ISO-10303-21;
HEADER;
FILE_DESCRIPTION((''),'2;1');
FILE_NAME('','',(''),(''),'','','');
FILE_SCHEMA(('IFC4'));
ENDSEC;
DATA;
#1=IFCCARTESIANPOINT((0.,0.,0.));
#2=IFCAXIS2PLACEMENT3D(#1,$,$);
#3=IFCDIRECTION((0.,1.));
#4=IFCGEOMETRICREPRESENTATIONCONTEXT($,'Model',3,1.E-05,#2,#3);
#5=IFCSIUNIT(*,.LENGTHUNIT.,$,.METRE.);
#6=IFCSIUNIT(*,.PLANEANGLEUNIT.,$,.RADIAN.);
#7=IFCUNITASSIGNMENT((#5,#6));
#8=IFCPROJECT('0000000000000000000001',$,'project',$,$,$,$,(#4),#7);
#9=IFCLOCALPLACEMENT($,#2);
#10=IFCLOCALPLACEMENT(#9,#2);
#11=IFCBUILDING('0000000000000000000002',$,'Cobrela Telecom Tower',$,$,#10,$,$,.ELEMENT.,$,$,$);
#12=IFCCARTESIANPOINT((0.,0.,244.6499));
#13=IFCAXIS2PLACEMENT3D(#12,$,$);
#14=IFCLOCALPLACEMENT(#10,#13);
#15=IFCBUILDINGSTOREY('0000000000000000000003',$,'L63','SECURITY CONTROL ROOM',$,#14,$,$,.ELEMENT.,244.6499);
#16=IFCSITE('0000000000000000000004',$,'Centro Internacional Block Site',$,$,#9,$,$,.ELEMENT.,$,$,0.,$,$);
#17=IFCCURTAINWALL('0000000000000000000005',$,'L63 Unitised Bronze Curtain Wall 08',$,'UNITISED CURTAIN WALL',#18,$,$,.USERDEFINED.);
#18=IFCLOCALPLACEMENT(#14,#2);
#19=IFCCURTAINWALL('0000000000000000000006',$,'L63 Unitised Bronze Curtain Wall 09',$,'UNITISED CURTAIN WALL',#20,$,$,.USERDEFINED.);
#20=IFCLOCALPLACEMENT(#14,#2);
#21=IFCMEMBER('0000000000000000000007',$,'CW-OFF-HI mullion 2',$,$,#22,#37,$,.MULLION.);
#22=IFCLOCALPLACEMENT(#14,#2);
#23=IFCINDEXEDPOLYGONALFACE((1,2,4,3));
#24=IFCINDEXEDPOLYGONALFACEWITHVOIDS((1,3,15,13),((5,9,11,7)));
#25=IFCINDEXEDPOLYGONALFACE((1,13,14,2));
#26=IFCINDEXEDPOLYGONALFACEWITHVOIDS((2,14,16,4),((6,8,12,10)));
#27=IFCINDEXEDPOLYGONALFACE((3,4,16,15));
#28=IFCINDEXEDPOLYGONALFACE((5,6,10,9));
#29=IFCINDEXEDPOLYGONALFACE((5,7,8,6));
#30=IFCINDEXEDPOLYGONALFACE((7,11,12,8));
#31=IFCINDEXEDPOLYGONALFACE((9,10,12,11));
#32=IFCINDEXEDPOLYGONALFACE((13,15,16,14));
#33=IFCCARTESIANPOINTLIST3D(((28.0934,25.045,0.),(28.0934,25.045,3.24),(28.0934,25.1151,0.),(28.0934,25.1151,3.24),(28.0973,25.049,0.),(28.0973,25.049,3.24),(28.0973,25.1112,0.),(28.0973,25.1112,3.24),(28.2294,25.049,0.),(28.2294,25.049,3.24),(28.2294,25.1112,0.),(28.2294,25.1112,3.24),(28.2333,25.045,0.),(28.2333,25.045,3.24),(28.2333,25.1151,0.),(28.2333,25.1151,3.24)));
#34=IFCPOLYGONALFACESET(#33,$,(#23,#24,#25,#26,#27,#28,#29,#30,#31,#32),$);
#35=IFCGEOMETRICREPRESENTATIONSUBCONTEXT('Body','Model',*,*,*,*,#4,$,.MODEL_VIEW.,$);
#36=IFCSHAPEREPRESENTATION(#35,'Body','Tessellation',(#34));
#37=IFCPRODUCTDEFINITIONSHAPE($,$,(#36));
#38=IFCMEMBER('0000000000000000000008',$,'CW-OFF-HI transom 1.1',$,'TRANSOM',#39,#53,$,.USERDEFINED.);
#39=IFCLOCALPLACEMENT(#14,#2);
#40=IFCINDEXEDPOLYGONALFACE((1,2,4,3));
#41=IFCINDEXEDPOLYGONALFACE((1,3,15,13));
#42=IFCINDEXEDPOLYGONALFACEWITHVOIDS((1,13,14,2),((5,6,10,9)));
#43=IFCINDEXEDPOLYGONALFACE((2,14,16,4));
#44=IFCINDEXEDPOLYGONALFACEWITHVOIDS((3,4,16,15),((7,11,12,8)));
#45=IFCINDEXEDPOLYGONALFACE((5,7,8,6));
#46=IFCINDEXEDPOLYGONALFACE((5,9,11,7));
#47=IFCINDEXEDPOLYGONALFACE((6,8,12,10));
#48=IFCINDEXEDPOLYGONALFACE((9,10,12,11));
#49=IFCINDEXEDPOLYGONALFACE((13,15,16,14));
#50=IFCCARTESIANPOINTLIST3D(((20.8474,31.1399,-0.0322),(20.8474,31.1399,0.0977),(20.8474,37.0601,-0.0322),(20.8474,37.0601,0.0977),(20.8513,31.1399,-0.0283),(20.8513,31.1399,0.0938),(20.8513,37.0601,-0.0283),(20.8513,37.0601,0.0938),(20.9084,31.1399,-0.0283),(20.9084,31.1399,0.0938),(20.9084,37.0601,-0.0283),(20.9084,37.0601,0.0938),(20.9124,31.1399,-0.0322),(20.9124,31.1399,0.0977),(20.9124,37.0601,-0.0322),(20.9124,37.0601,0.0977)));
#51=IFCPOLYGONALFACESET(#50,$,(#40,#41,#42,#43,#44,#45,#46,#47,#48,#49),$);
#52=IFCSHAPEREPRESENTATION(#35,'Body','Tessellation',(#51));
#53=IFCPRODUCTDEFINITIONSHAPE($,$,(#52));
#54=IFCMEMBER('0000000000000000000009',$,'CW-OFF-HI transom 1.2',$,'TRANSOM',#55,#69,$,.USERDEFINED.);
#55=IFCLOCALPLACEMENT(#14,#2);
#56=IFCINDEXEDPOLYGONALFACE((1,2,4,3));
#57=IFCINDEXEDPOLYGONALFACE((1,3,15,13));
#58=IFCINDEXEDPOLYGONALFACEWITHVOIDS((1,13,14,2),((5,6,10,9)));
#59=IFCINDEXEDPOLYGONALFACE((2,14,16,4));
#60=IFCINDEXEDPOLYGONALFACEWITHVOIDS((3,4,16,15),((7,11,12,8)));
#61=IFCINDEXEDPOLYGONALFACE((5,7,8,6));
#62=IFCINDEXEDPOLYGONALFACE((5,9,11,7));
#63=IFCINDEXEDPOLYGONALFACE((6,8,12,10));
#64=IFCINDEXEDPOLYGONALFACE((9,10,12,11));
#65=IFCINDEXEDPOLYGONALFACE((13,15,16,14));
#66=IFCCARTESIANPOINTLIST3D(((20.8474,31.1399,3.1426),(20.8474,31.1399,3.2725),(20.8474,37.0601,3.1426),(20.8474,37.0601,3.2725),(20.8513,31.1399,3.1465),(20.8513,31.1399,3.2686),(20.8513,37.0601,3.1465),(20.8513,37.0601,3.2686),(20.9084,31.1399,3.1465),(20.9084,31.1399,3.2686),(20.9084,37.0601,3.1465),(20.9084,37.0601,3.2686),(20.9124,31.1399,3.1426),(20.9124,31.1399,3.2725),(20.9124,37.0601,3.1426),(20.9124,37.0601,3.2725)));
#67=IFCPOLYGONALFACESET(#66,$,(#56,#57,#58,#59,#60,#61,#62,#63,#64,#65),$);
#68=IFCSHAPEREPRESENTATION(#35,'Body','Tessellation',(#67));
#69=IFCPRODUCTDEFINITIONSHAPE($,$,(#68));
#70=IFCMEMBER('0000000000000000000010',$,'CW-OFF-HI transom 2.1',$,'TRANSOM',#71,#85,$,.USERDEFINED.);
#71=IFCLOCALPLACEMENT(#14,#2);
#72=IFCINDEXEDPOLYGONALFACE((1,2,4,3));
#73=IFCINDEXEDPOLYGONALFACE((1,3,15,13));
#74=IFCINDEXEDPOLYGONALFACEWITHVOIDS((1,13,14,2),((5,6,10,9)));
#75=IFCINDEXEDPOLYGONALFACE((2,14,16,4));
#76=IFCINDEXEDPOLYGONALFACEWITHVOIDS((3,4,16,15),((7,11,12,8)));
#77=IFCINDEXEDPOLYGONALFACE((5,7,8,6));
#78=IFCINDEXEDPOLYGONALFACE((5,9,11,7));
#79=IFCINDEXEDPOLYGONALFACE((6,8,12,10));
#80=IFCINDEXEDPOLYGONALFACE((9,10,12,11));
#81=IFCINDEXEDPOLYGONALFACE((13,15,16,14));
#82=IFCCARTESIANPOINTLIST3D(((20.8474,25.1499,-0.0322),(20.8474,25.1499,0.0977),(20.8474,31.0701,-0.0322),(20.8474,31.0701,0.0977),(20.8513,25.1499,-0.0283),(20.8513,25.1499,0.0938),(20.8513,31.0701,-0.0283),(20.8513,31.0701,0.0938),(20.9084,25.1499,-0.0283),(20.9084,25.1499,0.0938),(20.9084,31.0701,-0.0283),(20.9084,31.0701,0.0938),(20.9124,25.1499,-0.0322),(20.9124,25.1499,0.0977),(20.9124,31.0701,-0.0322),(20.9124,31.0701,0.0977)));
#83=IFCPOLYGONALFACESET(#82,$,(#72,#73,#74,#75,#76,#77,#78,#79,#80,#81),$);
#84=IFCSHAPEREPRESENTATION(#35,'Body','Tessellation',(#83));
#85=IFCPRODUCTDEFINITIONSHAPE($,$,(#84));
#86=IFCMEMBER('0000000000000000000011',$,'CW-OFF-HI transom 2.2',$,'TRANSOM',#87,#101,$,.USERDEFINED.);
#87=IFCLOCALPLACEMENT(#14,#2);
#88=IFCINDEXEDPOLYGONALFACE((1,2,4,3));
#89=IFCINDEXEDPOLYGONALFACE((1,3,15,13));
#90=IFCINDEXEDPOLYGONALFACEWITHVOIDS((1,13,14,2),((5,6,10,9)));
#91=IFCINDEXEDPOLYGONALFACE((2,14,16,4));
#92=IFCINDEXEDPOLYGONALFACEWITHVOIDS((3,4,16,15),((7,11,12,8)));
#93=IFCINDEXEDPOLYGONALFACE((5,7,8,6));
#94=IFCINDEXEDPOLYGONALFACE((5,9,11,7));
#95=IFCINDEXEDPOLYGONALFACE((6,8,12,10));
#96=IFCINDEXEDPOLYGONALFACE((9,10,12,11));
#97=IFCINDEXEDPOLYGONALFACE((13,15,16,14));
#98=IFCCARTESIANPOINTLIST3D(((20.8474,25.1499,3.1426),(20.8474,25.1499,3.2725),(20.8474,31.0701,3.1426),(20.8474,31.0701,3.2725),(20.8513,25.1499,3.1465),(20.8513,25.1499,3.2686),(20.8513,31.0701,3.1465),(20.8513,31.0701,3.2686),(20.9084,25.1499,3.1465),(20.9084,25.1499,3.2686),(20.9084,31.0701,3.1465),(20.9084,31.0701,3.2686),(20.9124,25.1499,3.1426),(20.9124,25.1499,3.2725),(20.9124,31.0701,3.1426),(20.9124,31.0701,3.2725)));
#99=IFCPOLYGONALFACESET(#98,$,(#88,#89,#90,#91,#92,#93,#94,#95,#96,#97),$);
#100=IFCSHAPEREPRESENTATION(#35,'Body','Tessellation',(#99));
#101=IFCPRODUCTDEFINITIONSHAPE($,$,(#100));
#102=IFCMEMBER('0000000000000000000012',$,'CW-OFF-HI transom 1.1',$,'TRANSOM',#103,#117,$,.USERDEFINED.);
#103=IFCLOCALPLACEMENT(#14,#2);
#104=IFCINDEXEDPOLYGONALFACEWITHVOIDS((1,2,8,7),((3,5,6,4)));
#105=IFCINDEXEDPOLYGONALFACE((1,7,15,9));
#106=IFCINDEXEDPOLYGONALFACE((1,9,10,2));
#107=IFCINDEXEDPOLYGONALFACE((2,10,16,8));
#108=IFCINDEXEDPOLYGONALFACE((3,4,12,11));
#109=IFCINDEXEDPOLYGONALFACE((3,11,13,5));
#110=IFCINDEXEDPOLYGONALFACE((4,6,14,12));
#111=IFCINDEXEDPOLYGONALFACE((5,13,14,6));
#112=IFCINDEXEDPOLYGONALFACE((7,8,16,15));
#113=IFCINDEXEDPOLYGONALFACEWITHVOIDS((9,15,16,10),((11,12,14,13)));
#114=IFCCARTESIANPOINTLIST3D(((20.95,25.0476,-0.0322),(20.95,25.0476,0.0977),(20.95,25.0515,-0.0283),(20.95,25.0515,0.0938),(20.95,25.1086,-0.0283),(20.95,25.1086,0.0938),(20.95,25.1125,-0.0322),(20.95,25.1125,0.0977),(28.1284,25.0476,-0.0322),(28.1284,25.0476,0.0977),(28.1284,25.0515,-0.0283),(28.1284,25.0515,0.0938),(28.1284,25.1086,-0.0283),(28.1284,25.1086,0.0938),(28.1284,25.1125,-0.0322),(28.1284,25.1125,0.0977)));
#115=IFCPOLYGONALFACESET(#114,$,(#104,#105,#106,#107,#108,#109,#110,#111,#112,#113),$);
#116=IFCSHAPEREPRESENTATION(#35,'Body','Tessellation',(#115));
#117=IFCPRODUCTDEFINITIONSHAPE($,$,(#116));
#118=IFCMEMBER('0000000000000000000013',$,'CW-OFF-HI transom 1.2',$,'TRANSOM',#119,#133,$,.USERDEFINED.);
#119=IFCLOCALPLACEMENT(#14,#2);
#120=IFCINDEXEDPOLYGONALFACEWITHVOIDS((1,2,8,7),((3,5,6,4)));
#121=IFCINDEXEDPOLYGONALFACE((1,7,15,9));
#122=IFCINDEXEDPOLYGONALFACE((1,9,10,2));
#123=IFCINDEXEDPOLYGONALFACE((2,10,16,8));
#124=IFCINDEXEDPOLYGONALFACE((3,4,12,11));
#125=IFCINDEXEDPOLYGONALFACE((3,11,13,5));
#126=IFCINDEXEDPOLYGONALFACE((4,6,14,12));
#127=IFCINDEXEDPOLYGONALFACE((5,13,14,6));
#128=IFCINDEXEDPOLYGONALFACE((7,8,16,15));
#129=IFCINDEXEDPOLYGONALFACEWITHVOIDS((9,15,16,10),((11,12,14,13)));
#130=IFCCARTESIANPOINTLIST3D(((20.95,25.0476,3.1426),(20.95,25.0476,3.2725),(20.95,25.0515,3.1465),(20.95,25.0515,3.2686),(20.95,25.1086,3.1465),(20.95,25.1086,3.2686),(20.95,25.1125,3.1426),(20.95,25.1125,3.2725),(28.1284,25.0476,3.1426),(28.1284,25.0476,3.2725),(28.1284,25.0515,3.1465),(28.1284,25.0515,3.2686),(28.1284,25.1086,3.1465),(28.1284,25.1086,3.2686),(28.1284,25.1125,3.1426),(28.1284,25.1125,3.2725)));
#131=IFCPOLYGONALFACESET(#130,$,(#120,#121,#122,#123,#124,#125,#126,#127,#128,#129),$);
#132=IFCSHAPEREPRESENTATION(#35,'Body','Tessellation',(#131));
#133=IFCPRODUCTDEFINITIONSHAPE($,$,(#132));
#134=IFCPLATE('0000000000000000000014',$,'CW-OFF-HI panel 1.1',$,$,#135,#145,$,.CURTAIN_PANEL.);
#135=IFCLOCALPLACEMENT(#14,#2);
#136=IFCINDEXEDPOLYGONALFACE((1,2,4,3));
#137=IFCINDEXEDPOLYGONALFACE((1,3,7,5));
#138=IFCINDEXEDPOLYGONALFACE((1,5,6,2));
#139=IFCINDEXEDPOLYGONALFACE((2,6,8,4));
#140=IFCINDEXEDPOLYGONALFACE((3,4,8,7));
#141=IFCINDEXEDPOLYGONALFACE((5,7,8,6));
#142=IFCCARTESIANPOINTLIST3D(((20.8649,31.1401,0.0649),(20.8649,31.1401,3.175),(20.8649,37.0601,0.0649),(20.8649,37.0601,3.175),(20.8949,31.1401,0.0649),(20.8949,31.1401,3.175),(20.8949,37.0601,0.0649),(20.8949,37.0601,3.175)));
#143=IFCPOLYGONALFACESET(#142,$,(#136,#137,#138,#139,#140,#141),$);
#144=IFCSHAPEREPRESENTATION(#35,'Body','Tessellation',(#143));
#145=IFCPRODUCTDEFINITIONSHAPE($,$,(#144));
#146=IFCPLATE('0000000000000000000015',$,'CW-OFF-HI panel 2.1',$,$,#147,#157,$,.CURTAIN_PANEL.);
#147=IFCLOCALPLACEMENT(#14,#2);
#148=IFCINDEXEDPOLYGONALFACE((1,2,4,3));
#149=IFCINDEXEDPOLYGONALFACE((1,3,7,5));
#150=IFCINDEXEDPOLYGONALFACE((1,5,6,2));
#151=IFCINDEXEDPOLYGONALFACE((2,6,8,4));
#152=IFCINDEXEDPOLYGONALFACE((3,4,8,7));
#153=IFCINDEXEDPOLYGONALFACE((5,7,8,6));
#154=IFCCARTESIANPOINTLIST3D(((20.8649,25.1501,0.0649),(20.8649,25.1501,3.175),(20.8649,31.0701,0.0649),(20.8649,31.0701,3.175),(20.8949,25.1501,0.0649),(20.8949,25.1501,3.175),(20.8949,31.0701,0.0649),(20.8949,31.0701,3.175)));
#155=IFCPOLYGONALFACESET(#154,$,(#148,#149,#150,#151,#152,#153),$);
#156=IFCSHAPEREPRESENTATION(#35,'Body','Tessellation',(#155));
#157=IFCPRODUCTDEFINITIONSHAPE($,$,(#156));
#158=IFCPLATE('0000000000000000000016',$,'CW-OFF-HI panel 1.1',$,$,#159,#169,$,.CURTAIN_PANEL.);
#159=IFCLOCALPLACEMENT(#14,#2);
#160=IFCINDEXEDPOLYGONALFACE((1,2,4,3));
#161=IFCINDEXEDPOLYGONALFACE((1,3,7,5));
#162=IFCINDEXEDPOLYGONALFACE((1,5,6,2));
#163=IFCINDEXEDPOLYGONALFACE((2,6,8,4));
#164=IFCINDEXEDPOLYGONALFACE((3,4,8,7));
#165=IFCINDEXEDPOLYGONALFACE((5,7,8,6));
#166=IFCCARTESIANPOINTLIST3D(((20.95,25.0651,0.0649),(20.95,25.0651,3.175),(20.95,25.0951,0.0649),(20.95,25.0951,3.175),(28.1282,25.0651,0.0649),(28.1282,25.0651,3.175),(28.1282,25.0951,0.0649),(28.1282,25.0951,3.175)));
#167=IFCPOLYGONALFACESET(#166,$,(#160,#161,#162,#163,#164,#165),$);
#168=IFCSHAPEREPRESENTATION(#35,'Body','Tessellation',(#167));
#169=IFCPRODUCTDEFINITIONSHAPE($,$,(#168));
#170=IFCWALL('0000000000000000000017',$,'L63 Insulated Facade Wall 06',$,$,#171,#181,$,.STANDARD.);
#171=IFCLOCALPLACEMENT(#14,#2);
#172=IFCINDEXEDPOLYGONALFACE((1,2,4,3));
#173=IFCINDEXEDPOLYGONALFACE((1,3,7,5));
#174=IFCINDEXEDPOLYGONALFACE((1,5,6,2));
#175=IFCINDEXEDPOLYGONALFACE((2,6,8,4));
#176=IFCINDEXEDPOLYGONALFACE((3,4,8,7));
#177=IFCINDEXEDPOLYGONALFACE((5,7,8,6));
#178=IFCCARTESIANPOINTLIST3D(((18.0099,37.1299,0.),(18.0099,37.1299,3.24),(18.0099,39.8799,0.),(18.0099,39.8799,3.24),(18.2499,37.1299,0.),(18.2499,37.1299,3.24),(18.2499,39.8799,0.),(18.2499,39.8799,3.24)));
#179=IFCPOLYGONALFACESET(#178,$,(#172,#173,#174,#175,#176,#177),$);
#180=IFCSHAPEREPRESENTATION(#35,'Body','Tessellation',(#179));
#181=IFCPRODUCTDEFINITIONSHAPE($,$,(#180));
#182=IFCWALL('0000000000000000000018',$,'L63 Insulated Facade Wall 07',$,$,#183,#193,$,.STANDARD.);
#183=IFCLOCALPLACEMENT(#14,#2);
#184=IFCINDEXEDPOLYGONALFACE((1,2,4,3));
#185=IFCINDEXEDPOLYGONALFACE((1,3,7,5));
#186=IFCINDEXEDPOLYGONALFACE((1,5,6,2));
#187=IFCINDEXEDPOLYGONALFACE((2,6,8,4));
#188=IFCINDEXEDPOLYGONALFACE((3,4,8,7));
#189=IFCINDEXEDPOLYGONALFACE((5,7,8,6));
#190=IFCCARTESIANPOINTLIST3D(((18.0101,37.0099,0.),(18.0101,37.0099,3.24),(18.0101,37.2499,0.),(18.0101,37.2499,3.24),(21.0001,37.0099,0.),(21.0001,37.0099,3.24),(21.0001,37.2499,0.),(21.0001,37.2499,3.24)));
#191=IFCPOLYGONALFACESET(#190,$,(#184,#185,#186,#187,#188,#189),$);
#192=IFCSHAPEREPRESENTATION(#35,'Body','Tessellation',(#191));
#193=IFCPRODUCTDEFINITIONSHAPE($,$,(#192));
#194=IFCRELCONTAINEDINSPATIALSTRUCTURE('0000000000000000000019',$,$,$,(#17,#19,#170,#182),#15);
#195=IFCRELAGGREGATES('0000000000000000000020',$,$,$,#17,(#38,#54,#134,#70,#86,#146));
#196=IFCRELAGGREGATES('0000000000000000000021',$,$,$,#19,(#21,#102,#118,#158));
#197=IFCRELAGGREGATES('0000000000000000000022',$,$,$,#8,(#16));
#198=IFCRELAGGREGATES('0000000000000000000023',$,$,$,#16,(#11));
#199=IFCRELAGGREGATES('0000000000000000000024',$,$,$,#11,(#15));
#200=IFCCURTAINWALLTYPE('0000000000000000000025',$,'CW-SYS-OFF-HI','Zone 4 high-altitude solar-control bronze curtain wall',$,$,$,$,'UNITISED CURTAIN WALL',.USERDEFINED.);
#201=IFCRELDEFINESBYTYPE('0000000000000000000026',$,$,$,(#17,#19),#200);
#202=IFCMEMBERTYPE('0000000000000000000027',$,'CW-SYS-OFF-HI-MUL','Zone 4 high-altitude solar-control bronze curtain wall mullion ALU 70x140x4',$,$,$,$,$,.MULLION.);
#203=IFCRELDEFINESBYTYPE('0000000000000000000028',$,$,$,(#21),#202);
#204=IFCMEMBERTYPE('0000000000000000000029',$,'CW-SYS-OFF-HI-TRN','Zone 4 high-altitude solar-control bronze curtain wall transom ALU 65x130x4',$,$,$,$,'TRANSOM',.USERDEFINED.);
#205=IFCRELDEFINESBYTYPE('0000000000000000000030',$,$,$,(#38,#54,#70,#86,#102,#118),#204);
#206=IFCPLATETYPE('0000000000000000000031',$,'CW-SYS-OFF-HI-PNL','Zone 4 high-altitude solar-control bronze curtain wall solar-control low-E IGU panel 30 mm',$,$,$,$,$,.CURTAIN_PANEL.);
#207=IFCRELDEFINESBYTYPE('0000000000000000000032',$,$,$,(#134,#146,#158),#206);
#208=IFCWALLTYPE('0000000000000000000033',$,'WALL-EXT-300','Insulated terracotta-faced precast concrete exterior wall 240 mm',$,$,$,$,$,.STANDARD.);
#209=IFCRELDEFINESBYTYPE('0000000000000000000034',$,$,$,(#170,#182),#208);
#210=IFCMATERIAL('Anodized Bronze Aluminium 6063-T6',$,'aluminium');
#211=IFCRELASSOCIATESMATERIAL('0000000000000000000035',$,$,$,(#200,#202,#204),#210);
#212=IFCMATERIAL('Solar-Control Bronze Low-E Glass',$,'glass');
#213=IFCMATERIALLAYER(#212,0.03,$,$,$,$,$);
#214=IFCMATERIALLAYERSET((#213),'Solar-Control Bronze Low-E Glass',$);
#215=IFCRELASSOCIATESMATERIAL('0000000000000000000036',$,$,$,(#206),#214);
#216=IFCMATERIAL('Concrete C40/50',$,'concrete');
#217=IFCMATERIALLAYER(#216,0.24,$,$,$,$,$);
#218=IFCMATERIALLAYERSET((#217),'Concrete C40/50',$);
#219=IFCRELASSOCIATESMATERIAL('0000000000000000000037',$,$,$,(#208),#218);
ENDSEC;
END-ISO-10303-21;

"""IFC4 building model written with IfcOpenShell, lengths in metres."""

from ifc_helpers import new_model, si_unit, direction, frame, frame_2d, origin, origin_2d, place, context, subcontext, project, spatial, rectangle, hollow_rectangle, extrude, material, layer, layer_set, material_profile, profile_set, type_object, element, aggregate, save


model = new_model("IFC4")

# Units and contexts
model_context = context("Model", 3, precision=1e-05, world=origin(), true_north=direction((0.0, 1.0)))
body_context = subcontext(model_context, "Body", "Model", "MODEL_VIEW")
ifc_project = project(units=[si_unit("LENGTHUNIT", "METRE"), si_unit("PLANEANGLEUNIT", "RADIAN")], contexts=[model_context])

# Site, building, storey
site_placement = place(None, origin())
site = spatial("IfcSite", under=ifc_project, at=site_placement, Name="Centro Internacional Block Site", CompositionType="ELEMENT", RefElevation=0.0)
building_placement = place(site_placement, origin())
building = spatial("IfcBuilding", under=site, at=building_placement, Name="Cobrela Telecom Tower", CompositionType="ELEMENT")
storey_placement = place(building_placement, frame((0.0, 0.0, 244.6499)))
storey = spatial("IfcBuildingStorey", under=building, at=storey_placement, Name="L63", Description="SECURITY CONTROL ROOM", CompositionType="ELEMENT", Elevation=244.6499)

# Shared definitions
ifc_material_1 = material(Name="Anodized Bronze Aluminium 6063-T6", Category="aluminium")
curtain_wall_type = type_object("IfcCurtainWallType", Name="CW-SYS-OFF-HI", Description="Zone 4 high-altitude solar-control bronze curtain wall", ElementType="UNITISED CURTAIN WALL", PredefinedType="USERDEFINED", material=ifc_material_1)
ifc_material_profile_1 = material_profile(ifc_material_1, hollow_rectangle(XDim=0.0701, YDim=0.1399, WallThickness=0.0039, at=origin_2d()), Name="ALU 70x140x4")
ifc_profile_set_1 = profile_set([ifc_material_profile_1], Name="Anodized Bronze Aluminium 6063-T6")
member_type_1 = type_object("IfcMemberType", Name="CW-SYS-OFF-HI-MUL", Description="Zone 4 high-altitude solar-control bronze curtain wall mullion ALU 70x140x4", PredefinedType="MULLION", material=ifc_profile_set_1)

# Curtain walls, member
curtain_wall_1_placement = place(storey_placement, origin())
curtain_wall_1 = element("IfcCurtainWall", 1, at=curtain_wall_1_placement, inside=storey, type_object=curtain_wall_type, Name="L63 Unitised Bronze Curtain Wall 08", ObjectType="UNITISED CURTAIN WALL", PredefinedType="USERDEFINED")
curtain_wall_2_placement = place(storey_placement, origin())
curtain_wall_2 = element("IfcCurtainWall", 2, at=curtain_wall_2_placement, inside=storey, type_object=curtain_wall_type, Name="L63 Unitised Bronze Curtain Wall 09", ObjectType="UNITISED CURTAIN WALL", PredefinedType="USERDEFINED")
member_1_placement = place(storey_placement, frame((28.1633, 25.0801, 0.0), z_axis=(0.0, 0.0, 1.0), x_axis=(0.0, 1.0, 0.0)))
member_1 = element("IfcMember", 3, at=member_1_placement, type_object=member_type_1, Name="CW-OFF-HI mullion 2", PredefinedType="MULLION", context=body_context, shape_type="SweptSolid", body=[
    extrude(hollow_rectangle(XDim=0.0701, YDim=0.1399, WallThickness=0.0039, at=origin_2d()), origin(), (0.0, 0.0, 1.0), 3.24),
])

# Members
ifc_material_profile_2 = material_profile(ifc_material_1, hollow_rectangle(XDim=0.0649, YDim=0.1299, WallThickness=0.0039, at=origin_2d()), Name="ALU 65x130x4")
ifc_profile_set_2 = profile_set([ifc_material_profile_2], Name="Anodized Bronze Aluminium 6063-T6")
member_type_2 = type_object("IfcMemberType", Name="CW-SYS-OFF-HI-TRN", Description="Zone 4 high-altitude solar-control bronze curtain wall transom ALU 65x130x4", ElementType="TRANSOM", PredefinedType="USERDEFINED", material=ifc_profile_set_2)
member_2_placement = place(storey_placement, frame((20.8799, 37.0601, 0.0327), z_axis=(0.0, -1.0, 0.0), x_axis=(1.0, 0.0, 0.0)))
member_2 = element("IfcMember", 4, at=member_2_placement, type_object=member_type_2, Name="CW-OFF-HI transom 1.1", ObjectType="TRANSOM", PredefinedType="USERDEFINED", context=body_context, shape_type="SweptSolid", body=[
    extrude(hollow_rectangle(XDim=0.0649, YDim=0.1299, WallThickness=0.0039, at=origin_2d()), origin(), (0.0, 0.0, 1.0), 5.9202),
])
member_3_placement = place(storey_placement, frame((20.8799, 37.0601, 3.2075), z_axis=(0.0, -1.0, 0.0), x_axis=(1.0, 0.0, 0.0)))
member_3 = element("IfcMember", 5, at=member_3_placement, type_object=member_type_2, Name="CW-OFF-HI transom 1.2", ObjectType="TRANSOM", PredefinedType="USERDEFINED", context=body_context, shape_type="SweptSolid", body=[
    extrude(hollow_rectangle(XDim=0.0649, YDim=0.1299, WallThickness=0.0039, at=origin_2d()), origin(), (0.0, 0.0, 1.0), 5.9202),
])
member_4_placement = place(storey_placement, frame((20.8799, 31.0701, 0.0327), z_axis=(0.0, -1.0, 0.0), x_axis=(1.0, 0.0, 0.0)))
member_4 = element("IfcMember", 6, at=member_4_placement, type_object=member_type_2, Name="CW-OFF-HI transom 2.1", ObjectType="TRANSOM", PredefinedType="USERDEFINED", context=body_context, shape_type="SweptSolid", body=[
    extrude(hollow_rectangle(XDim=0.0649, YDim=0.1299, WallThickness=0.0039, at=origin_2d()), origin(), (0.0, 0.0, 1.0), 5.9202),
])
member_5_placement = place(storey_placement, frame((20.8799, 31.0701, 3.2075), z_axis=(0.0, -1.0, 0.0), x_axis=(1.0, 0.0, 0.0)))
member_5 = element("IfcMember", 7, at=member_5_placement, type_object=member_type_2, Name="CW-OFF-HI transom 2.2", ObjectType="TRANSOM", PredefinedType="USERDEFINED", context=body_context, shape_type="SweptSolid", body=[
    extrude(hollow_rectangle(XDim=0.0649, YDim=0.1299, WallThickness=0.0039, at=origin_2d()), origin(), (0.0, 0.0, 1.0), 5.9202),
])
member_6_placement = place(storey_placement, frame((20.95, 25.0801, 0.0327), z_axis=(1.0, 0.0, 0.0), x_axis=(0.0, 1.0, 0.0)))
member_6 = element("IfcMember", 8, at=member_6_placement, type_object=member_type_2, Name="CW-OFF-HI transom 1.1", ObjectType="TRANSOM", PredefinedType="USERDEFINED", context=body_context, shape_type="SweptSolid", body=[
    extrude(hollow_rectangle(XDim=0.0649, YDim=0.1299, WallThickness=0.0039, at=origin_2d()), origin(), (0.0, 0.0, 1.0), 7.1785),
])
member_7_placement = place(storey_placement, frame((20.95, 25.0801, 3.2075), z_axis=(1.0, 0.0, 0.0), x_axis=(0.0, 1.0, 0.0)))
member_7 = element("IfcMember", 9, at=member_7_placement, type_object=member_type_2, Name="CW-OFF-HI transom 1.2", ObjectType="TRANSOM", PredefinedType="USERDEFINED", context=body_context, shape_type="SweptSolid", body=[
    extrude(hollow_rectangle(XDim=0.0649, YDim=0.1299, WallThickness=0.0039, at=origin_2d()), origin(), (0.0, 0.0, 1.0), 7.1785),
])

# Plates
ifc_material_2 = material(Name="Solar-Control Bronze Low-E Glass", Category="glass")
ifc_layer_1 = layer(ifc_material_2, 0.03)
ifc_layer_set_1 = layer_set([ifc_layer_1], Name="Solar-Control Bronze Low-E Glass")
plate_type = type_object("IfcPlateType", Name="CW-SYS-OFF-HI-PNL", Description="Zone 4 high-altitude solar-control bronze curtain wall solar-control low-E IGU panel 30 mm", PredefinedType="CURTAIN_PANEL", material=ifc_layer_set_1)
plate_1_placement = place(storey_placement, frame((20.8799, 34.1001, 0.0649), z_axis=(0.0, 0.0, 1.0), x_axis=(0.0, -1.0, 0.0)))
plate_1 = element("IfcPlate", 10, at=plate_1_placement, type_object=plate_type, Name="CW-OFF-HI panel 1.1", PredefinedType="CURTAIN_PANEL", context=body_context, shape_type="SweptSolid", body=[
    extrude(rectangle(XDim=5.9199, YDim=0.03, at=origin_2d()), origin(), (0.0, 0.0, 1.0), 3.1101),
])
plate_2_placement = place(storey_placement, frame((20.8799, 28.1101, 0.0649), z_axis=(0.0, 0.0, 1.0), x_axis=(0.0, -1.0, 0.0)))
plate_2 = element("IfcPlate", 11, at=plate_2_placement, type_object=plate_type, Name="CW-OFF-HI panel 2.1", PredefinedType="CURTAIN_PANEL", context=body_context, shape_type="SweptSolid", body=[
    extrude(rectangle(XDim=5.9199, YDim=0.03, at=origin_2d()), origin(), (0.0, 0.0, 1.0), 3.1101),
])
aggregate(curtain_wall_1, [member_2, member_3, plate_1, member_4, member_5, plate_2])
plate_3_placement = place(storey_placement, frame((24.5391, 25.0801, 0.0649), z_axis=(0.0, 0.0, 1.0), x_axis=(1.0, 0.0, 0.0)))
plate_3 = element("IfcPlate", 12, at=plate_3_placement, type_object=plate_type, Name="CW-OFF-HI panel 1.1", PredefinedType="CURTAIN_PANEL", context=body_context, shape_type="SweptSolid", body=[
    extrude(rectangle(XDim=7.1782, YDim=0.03, at=origin_2d()), origin(), (0.0, 0.0, 1.0), 3.1101),
])
aggregate(curtain_wall_2, [member_1, member_6, member_7, plate_3])

# Walls
ifc_material_3 = material(Name="Concrete C40/50", Category="concrete")
ifc_layer_2 = layer(ifc_material_3, 0.24)
ifc_layer_set_2 = layer_set([ifc_layer_2], Name="Concrete C40/50")
wall_type_1 = type_object("IfcWallType", Name="WALL-EXT-300", Description="Insulated terracotta-faced precast concrete exterior wall 240 mm", PredefinedType="STANDARD", material=ifc_layer_set_2)
wall_1_placement = place(storey_placement, frame((18.1299, 39.8799, 0.0), z_axis=(0.0, 0.0, 1.0), x_axis=(0.0, -1.0, 0.0)))
element("IfcWall", 13, at=wall_1_placement, inside=storey, type_object=wall_type_1, Name="L63 Insulated Facade Wall 06", PredefinedType="STANDARD", context=body_context, shape_type="SweptSolid", body=[
    extrude(rectangle(XDim=2.75, YDim=0.24, at=frame_2d((1.375, 0.0))), origin(), (0.0, 0.0, 1.0), 3.24),
])
wall_2_placement = place(storey_placement, frame((18.01, 37.1299, 0.0), z_axis=(0.0, 0.0, 1.0), x_axis=(1.0, 0.0, 0.0)))
element("IfcWall", 14, at=wall_2_placement, inside=storey, type_object=wall_type_1, Name="L63 Insulated Facade Wall 07", PredefinedType="STANDARD", context=body_context, shape_type="SweptSolid", body=[
    extrude(rectangle(XDim=2.99, YDim=0.24, at=frame_2d((1.4951, 0.0))), origin(), (0.0, 0.0, 1.0), 3.24),
])

save(model, "model.ifc")
